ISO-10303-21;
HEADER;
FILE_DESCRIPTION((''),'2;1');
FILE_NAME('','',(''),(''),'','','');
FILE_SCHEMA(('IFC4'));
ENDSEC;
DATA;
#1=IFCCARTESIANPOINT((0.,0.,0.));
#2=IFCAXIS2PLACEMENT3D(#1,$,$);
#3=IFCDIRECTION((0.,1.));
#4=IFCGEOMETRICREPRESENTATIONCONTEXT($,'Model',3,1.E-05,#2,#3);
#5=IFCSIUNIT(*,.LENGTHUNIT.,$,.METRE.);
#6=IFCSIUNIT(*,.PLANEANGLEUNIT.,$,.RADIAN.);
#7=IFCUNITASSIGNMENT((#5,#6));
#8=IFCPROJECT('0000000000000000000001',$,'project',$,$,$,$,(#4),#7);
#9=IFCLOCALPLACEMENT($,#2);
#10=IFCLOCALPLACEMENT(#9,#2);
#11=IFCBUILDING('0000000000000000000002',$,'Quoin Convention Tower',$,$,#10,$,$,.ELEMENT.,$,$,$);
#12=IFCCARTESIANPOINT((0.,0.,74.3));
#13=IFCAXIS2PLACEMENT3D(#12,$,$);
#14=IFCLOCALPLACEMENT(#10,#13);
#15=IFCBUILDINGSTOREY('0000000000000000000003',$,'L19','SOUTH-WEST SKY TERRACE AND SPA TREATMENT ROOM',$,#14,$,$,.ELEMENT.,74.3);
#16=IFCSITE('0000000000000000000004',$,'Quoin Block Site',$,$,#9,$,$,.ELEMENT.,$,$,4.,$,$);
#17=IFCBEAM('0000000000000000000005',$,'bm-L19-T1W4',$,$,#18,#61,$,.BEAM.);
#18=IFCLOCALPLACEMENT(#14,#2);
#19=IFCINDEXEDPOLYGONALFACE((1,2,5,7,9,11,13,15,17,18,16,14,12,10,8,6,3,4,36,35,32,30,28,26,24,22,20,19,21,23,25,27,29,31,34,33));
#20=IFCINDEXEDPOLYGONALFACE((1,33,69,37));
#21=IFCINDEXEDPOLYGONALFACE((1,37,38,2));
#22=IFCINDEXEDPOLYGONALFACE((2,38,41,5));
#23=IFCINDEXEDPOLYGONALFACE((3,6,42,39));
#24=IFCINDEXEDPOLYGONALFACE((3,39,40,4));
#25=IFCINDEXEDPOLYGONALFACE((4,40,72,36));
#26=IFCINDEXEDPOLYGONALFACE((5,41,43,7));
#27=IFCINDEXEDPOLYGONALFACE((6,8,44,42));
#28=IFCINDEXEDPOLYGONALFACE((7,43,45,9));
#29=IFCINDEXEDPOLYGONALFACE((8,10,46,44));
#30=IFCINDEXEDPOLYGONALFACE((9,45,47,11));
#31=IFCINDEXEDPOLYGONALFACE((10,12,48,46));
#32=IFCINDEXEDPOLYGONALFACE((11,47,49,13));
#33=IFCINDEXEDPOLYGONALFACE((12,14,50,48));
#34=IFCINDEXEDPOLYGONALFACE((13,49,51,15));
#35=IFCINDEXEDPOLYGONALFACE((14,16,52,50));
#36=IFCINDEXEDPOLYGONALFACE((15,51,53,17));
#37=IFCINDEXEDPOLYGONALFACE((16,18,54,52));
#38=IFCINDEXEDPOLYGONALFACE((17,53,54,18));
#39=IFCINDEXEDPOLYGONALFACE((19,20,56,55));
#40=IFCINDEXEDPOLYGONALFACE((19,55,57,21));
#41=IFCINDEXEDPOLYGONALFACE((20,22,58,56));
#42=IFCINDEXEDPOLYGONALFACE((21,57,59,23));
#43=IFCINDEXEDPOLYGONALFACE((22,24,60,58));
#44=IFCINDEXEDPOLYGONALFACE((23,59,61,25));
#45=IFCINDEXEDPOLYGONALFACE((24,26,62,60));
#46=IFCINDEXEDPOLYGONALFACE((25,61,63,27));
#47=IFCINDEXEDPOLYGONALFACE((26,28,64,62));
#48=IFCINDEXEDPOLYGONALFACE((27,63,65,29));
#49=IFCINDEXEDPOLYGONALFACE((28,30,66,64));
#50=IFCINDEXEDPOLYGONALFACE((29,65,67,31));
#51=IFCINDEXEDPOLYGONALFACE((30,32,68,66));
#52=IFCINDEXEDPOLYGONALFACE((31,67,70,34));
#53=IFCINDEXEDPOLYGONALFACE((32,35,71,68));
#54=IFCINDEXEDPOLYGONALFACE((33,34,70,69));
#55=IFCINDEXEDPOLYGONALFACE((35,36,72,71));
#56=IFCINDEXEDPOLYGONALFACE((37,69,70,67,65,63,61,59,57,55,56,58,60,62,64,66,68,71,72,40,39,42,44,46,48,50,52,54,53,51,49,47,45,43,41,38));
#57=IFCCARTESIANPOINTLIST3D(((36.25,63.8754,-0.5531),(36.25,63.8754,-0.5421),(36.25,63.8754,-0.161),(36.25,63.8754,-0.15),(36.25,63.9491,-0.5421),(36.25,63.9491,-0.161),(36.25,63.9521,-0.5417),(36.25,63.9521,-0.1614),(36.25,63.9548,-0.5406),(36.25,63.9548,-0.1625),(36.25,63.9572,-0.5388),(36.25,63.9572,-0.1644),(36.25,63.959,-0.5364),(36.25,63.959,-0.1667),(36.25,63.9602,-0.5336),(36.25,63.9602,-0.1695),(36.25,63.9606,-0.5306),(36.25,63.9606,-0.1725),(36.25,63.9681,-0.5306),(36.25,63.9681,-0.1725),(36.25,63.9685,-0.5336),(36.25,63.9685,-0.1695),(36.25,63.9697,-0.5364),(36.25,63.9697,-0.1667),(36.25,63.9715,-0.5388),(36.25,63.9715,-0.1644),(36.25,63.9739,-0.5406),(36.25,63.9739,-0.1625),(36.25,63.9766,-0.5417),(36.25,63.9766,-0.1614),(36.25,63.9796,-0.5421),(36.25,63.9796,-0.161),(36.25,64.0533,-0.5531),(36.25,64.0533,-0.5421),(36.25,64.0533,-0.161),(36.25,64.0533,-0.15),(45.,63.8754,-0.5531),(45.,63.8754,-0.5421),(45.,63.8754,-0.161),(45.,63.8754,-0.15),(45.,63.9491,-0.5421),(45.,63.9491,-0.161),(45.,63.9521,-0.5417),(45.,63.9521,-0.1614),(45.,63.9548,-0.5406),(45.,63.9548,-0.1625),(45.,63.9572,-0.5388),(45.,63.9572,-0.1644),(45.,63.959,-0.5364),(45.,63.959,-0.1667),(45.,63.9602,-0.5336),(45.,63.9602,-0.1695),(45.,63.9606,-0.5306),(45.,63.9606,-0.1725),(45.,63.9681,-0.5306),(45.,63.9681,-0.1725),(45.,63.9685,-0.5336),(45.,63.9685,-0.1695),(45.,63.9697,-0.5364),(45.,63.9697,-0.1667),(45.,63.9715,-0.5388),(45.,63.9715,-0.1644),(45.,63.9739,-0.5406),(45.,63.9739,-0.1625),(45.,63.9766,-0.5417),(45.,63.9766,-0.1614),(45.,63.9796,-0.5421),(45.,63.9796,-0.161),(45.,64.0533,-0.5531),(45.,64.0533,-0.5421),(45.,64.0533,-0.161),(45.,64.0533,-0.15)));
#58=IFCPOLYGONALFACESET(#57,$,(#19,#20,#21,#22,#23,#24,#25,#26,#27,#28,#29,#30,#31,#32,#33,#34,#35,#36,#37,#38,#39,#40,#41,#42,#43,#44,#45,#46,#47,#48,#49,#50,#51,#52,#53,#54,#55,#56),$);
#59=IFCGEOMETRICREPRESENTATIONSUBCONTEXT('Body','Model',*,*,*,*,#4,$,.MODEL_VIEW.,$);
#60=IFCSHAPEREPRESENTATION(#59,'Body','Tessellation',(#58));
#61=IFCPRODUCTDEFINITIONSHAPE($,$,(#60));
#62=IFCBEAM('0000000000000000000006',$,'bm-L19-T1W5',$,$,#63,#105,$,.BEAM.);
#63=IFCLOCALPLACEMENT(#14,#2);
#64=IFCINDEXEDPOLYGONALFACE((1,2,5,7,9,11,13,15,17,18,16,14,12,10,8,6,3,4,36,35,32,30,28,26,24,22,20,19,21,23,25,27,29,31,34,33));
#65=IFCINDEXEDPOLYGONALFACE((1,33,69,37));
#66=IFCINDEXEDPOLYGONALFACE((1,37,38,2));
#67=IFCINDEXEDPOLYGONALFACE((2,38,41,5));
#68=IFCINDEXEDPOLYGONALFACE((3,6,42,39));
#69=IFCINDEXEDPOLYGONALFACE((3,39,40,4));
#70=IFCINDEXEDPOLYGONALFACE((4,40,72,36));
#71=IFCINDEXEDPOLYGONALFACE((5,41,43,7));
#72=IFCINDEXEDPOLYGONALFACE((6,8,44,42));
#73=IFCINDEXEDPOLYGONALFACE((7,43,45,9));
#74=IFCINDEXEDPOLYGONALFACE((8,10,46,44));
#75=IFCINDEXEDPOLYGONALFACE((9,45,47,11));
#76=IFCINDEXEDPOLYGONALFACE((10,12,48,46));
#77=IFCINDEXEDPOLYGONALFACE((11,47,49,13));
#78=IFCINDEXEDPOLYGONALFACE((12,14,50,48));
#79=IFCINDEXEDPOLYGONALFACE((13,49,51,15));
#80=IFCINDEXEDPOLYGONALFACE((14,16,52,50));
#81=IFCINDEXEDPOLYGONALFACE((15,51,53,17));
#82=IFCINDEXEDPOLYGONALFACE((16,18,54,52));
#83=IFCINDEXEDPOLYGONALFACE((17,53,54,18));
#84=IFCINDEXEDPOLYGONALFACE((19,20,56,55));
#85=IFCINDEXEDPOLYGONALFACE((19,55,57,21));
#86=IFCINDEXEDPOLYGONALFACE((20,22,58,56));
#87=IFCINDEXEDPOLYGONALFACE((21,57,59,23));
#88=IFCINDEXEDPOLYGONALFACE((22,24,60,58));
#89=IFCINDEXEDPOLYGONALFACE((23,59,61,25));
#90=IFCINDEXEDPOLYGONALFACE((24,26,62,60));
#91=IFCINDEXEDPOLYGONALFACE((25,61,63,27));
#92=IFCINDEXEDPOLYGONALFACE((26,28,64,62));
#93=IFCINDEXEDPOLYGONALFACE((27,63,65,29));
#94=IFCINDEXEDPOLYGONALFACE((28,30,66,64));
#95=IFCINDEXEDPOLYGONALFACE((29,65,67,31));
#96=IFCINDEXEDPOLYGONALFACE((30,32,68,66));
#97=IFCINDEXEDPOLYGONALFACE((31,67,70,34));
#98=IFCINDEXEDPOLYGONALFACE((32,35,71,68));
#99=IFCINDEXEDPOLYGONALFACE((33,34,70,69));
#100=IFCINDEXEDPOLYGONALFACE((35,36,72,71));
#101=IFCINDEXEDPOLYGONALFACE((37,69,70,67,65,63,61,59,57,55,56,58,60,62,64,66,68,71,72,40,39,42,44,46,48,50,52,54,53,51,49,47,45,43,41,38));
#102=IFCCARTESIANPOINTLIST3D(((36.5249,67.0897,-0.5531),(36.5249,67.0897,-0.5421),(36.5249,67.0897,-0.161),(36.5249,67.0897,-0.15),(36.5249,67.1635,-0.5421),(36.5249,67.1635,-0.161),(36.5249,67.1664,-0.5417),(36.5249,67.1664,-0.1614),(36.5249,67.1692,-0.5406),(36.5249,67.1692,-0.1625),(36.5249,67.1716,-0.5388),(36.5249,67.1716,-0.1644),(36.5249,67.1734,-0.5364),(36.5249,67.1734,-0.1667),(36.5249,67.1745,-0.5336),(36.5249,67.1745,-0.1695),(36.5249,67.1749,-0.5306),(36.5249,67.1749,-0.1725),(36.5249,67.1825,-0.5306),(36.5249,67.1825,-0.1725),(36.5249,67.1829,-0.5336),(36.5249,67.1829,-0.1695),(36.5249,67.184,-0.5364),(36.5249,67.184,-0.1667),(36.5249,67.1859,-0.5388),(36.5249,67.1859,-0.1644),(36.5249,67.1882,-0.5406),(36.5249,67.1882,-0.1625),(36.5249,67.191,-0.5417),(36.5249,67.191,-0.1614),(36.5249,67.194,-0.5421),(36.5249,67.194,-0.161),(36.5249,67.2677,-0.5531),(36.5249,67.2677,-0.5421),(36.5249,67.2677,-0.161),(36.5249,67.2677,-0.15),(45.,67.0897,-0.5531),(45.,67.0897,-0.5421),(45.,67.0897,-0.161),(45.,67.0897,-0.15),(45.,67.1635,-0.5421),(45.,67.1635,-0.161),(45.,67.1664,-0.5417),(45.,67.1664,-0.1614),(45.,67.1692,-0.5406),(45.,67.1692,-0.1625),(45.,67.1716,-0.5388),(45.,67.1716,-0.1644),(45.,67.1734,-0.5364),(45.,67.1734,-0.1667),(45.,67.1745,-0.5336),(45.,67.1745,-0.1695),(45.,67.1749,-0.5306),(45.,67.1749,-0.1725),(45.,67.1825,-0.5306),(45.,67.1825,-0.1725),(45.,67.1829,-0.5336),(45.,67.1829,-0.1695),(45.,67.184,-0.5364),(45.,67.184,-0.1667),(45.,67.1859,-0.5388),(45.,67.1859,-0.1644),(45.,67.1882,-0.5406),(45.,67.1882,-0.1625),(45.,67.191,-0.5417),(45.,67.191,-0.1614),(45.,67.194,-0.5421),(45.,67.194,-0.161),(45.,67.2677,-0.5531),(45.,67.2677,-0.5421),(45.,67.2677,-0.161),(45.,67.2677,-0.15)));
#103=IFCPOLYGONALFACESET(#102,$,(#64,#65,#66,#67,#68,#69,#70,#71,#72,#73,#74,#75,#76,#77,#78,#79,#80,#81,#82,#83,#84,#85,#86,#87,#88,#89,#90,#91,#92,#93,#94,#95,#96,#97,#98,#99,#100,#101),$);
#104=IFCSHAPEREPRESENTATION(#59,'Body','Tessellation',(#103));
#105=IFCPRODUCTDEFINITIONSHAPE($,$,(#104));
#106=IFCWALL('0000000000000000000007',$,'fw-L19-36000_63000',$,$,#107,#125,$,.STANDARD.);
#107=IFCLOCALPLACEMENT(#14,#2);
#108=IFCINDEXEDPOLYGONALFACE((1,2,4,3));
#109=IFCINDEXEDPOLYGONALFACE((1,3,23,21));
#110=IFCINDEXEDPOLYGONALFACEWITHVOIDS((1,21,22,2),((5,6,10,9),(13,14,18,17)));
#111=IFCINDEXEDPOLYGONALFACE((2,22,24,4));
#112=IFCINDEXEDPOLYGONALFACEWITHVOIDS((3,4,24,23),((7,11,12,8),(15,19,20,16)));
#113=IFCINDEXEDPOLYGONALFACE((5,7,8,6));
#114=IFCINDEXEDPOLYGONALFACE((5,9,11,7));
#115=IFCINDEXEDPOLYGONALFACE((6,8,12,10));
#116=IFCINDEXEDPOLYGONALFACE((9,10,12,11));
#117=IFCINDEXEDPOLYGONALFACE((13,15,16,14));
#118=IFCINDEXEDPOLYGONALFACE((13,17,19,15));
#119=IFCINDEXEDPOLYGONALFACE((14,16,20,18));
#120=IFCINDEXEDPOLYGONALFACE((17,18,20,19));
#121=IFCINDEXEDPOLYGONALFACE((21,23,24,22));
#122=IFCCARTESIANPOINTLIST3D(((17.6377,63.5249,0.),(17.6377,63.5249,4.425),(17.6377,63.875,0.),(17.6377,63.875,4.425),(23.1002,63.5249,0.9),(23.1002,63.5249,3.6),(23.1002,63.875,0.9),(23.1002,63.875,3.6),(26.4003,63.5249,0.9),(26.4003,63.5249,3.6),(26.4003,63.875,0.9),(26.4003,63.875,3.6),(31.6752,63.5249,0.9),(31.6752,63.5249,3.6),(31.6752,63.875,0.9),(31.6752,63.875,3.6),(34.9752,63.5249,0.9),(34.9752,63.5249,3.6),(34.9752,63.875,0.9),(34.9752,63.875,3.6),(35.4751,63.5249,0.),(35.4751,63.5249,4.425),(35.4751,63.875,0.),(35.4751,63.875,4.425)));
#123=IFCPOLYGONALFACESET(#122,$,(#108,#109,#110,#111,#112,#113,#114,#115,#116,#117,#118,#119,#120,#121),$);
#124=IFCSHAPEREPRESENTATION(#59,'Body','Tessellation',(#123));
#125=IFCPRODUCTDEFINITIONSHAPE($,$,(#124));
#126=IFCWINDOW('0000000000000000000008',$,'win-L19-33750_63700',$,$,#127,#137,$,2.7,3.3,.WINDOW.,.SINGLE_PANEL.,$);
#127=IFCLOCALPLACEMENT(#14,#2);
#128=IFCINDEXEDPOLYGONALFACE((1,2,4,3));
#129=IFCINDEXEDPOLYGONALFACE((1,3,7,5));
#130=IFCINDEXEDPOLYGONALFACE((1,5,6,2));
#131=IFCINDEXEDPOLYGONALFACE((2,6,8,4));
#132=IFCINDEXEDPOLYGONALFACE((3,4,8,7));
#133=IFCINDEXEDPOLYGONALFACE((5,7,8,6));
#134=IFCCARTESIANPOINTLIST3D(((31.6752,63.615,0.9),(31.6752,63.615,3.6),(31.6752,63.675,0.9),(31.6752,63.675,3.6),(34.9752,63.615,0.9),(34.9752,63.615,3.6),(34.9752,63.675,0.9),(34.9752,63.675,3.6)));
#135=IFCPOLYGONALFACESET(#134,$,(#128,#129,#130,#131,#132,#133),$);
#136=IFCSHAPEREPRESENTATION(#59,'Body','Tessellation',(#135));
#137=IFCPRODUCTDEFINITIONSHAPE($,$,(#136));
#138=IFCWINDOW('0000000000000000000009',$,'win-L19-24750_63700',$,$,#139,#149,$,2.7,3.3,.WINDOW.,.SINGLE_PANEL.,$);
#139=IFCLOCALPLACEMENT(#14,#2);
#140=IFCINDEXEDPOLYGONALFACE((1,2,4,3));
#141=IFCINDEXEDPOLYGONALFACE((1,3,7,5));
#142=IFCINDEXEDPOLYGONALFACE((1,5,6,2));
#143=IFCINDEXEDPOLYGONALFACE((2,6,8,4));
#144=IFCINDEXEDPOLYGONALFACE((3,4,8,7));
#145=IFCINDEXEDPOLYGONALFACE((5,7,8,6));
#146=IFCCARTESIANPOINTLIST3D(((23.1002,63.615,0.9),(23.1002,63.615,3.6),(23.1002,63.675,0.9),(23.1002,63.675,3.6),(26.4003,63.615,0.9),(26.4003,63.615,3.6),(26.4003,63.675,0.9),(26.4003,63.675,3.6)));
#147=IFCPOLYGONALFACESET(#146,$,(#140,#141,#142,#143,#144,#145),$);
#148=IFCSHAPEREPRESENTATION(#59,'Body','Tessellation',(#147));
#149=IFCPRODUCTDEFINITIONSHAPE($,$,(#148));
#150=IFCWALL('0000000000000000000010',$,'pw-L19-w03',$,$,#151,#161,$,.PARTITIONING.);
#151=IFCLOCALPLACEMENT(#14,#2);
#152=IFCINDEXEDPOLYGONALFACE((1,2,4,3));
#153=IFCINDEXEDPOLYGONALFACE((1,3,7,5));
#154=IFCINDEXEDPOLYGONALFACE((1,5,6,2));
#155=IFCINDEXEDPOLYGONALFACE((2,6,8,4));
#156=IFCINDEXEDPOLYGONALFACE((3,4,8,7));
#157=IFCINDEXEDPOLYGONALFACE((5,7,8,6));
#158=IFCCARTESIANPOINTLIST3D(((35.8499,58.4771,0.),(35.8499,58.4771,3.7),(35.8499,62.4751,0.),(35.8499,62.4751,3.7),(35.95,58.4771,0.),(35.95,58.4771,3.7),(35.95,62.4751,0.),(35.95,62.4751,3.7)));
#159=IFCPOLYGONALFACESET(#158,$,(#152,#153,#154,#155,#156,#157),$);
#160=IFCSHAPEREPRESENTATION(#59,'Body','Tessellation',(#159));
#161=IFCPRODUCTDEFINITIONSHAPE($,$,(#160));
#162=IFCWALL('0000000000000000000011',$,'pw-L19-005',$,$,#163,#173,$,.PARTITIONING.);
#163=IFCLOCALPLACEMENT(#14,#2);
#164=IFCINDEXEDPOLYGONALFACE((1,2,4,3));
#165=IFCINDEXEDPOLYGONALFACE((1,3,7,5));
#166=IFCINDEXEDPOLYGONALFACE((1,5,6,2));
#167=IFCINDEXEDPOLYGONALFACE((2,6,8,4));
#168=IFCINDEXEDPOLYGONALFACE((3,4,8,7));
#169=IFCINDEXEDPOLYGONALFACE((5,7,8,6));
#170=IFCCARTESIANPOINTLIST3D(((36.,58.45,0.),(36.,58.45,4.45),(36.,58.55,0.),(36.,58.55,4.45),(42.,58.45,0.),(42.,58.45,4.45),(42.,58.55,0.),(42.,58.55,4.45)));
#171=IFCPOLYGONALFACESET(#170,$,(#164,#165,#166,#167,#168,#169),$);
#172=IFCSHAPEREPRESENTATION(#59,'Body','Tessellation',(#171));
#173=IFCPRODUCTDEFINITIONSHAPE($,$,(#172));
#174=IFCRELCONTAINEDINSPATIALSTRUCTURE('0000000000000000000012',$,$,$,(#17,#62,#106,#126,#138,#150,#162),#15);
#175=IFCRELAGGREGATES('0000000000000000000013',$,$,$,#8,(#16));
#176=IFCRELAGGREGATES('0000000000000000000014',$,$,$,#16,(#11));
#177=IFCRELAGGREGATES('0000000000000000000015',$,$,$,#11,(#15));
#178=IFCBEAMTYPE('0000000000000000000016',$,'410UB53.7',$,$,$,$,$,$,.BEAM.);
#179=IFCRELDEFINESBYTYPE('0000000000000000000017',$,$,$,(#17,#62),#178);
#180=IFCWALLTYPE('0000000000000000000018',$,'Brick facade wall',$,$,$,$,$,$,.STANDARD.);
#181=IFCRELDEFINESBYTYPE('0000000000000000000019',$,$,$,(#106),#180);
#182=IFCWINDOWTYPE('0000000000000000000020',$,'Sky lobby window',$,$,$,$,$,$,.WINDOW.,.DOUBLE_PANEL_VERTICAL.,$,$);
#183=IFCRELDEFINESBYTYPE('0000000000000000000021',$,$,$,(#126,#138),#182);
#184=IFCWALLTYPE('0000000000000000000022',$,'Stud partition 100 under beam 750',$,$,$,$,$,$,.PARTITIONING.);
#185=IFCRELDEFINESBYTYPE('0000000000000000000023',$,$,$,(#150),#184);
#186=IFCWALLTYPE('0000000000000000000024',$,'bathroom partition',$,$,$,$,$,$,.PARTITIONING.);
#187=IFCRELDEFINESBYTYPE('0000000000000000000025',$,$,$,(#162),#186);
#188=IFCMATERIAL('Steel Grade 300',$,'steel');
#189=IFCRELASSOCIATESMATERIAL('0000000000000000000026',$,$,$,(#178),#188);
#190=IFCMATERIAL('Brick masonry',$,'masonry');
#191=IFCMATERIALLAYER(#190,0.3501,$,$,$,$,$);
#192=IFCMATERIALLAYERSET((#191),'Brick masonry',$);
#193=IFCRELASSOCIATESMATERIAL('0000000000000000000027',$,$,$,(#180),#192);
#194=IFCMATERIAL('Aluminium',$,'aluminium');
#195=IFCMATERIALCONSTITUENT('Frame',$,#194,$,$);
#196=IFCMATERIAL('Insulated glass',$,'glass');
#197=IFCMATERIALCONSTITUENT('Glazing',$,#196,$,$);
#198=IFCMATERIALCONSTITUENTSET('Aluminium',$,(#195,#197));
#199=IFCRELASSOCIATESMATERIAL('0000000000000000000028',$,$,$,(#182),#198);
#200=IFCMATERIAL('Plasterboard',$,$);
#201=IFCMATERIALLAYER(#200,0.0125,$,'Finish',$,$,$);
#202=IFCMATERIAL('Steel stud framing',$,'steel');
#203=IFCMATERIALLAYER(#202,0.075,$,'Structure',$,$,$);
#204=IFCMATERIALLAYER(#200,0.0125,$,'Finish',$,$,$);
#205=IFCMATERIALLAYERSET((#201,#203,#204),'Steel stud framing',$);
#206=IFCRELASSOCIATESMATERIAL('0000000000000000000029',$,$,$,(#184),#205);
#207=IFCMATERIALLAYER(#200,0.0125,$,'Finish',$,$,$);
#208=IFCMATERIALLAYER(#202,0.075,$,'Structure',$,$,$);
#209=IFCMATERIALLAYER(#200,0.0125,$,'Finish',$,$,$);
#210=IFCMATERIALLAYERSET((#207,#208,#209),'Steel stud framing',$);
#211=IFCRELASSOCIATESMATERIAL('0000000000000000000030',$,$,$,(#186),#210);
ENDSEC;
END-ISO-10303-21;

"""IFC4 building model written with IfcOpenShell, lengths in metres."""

from ifc_helpers import new_model, si_unit, direction, frame, frame_2d, origin, origin_2d, place, context, subcontext, project, spatial, rectangle, i_section, extrude, material, layer, layer_set, constituent, constituent_set, material_profile, profile_set, type_object, element, fill, save


model = new_model("IFC4")

# Units and contexts
model_context = context("Model", 3, precision=1e-05, world=origin(), true_north=direction((0.0, 1.0)))
body_context = subcontext(model_context, "Body", "Model", "MODEL_VIEW")
ifc_project = project(units=[si_unit("LENGTHUNIT", "METRE"), si_unit("PLANEANGLEUNIT", "RADIAN")], contexts=[model_context])

# Site, building, storey
site_placement = place(None, origin())
site = spatial("IfcSite", under=ifc_project, at=site_placement, Name="Quoin Block Site", CompositionType="ELEMENT", RefElevation=4.0)
building_placement = place(site_placement, origin())
building = spatial("IfcBuilding", under=site, at=building_placement, Name="Quoin Convention Tower", CompositionType="ELEMENT")
storey_placement = place(building_placement, frame((0.0, 0.0, 74.3)))
storey = spatial("IfcBuildingStorey", under=building, at=storey_placement, Name="L19", Description="SOUTH-WEST SKY TERRACE AND SPA TREATMENT ROOM", CompositionType="ELEMENT", Elevation=74.3)

# Beams
ifc_material_1 = material(Name="Steel Grade 300", Category="steel")
ifc_material_profile_1 = material_profile(ifc_material_1, i_section(OverallWidth=0.178, OverallDepth=0.4031, WebThickness=0.0076, FlangeThickness=0.011, FilletRadius=0.0115, at=origin_2d()), Name="410UB53.7")
ifc_profile_set_1 = profile_set([ifc_material_profile_1], Name="Steel Grade 300")
beam_type = type_object("IfcBeamType", Name="410UB53.7", PredefinedType="BEAM", material=ifc_profile_set_1)
for number, where, z_axis, x_axis, name in (
    (1, (36.25, 63.9644, -0.3516), (1.0, 0.0, 0.0), (0.0, 1.0, 0.0), "bm-L19-T1W4"),
):
    element("IfcBeam", number, at=place(storey_placement, frame(where, z_axis=z_axis, x_axis=x_axis)), inside=storey, type_object=beam_type, Name=name, PredefinedType="BEAM", context=body_context, shape_type="SweptSolid", body=[
        extrude(i_section(OverallWidth=0.178, OverallDepth=0.4031, WebThickness=0.0076, FlangeThickness=0.011, FilletRadius=0.0115, at=origin_2d()), origin(), (0.0, 0.0, 1.0), 8.75),
    ])
beam_1_placement = place(storey_placement, frame((36.5249, 67.1787, -0.3516), z_axis=(1.0, 0.0, 0.0), x_axis=(0.0, 1.0, 0.0)))
element("IfcBeam", 2, at=beam_1_placement, inside=storey, type_object=beam_type, Name="bm-L19-T1W5", PredefinedType="BEAM", context=body_context, shape_type="SweptSolid", body=[
    extrude(i_section(OverallWidth=0.178, OverallDepth=0.4031, WebThickness=0.0076, FlangeThickness=0.011, FilletRadius=0.0115, at=origin_2d()), origin(), (0.0, 0.0, 1.0), 8.4751),
])

# Wall, openings, windows
ifc_material_2 = material(Name="Brick masonry", Category="masonry")
ifc_layer_1 = layer(ifc_material_2, 0.3501)
ifc_layer_set_1 = layer_set([ifc_layer_1], Name="Brick masonry")
wall_type_1 = type_object("IfcWallType", Name="Brick facade wall", PredefinedType="STANDARD", material=ifc_layer_set_1)
wall_1_placement = place(storey_placement, frame((35.4751, 63.7, 0.0), z_axis=(0.0, 0.0, 1.0), x_axis=(-1.0, 0.0, 0.0)))
wall_1 = element("IfcWall", 3, at=wall_1_placement, inside=storey, type_object=wall_type_1, Name="fw-L19-36000_63000", PredefinedType="STANDARD", context=body_context, shape_type="SweptSolid", body=[
    extrude(rectangle(XDim=17.8374, YDim=0.3501, at=frame_2d((8.9187, 0.0))), origin(), (0.0, 0.0, 1.0), 4.425),
])
opening_1_placement = place(wall_1_placement, frame((0.5, 0.0, 0.8999)))
opening_1 = element("IfcOpeningElement", 4, at=opening_1_placement, cuts=wall_1, PredefinedType="OPENING", context=body_context, shape_type="SweptSolid", body=[
    extrude(rectangle(XDim=3.3, YDim=2.7, at=frame_2d((1.6499, 1.3501))), frame((0.0, 0.1851, 0.0), z_axis=(0.0, -1.0, 0.0), x_axis=(1.0, 0.0, 0.0)), (0.0, 0.0, 1.0), 0.3701),
])
opening_2_placement = place(wall_1_placement, frame((9.075, 0.0, 0.8999)))
opening_2 = element("IfcOpeningElement", 5, at=opening_2_placement, cuts=wall_1, PredefinedType="OPENING", context=body_context, shape_type="SweptSolid", body=[
    extrude(rectangle(XDim=3.3, YDim=2.7, at=frame_2d((1.6499, 1.3501))), frame((0.0, 0.1851, 0.0), z_axis=(0.0, -1.0, 0.0), x_axis=(1.0, 0.0, 0.0)), (0.0, 0.0, 1.0), 0.3701),
])
ifc_material_3 = material(Name="Aluminium", Category="aluminium")
ifc_constituent_1 = constituent(ifc_material_3, Name="Frame")
ifc_material_4 = material(Name="Insulated glass", Category="glass")
ifc_constituent_2 = constituent(ifc_material_4, Name="Glazing")
ifc_constituent_set = constituent_set(constituents=[ifc_constituent_1, ifc_constituent_2], Name="Aluminium")
window_type = type_object("IfcWindowType", Name="Sky lobby window", PartitioningType="DOUBLE_PANEL_VERTICAL", PredefinedType="WINDOW", material=ifc_constituent_set)
window_1_placement = place(opening_1_placement, origin())
window_1 = element("IfcWindow", 6, at=window_1_placement, inside=storey, type_object=window_type, Name="win-L19-33750_63700", OverallHeight=2.7, OverallWidth=3.3, PartitioningType="SINGLE_PANEL", PredefinedType="WINDOW", context=body_context, shape_type="SweptSolid", body=[
    extrude(rectangle(XDim=3.3, YDim=2.7, at=frame_2d((1.6499, 1.3501))), frame((0.0, 0.085, 0.0), z_axis=(0.0, -1.0, 0.0), x_axis=(1.0, 0.0, 0.0)), (0.0, 0.0, 1.0), 0.0601),
])
fill(opening_1, window_1)
window_2_placement = place(opening_2_placement, origin())
window_2 = element("IfcWindow", 7, at=window_2_placement, inside=storey, type_object=window_type, Name="win-L19-24750_63700", OverallHeight=2.7, OverallWidth=3.3, PartitioningType="SINGLE_PANEL", PredefinedType="WINDOW", context=body_context, shape_type="SweptSolid", body=[
    extrude(rectangle(XDim=3.3, YDim=2.7, at=frame_2d((1.6499, 1.3501))), frame((0.0, 0.085, 0.0), z_axis=(0.0, -1.0, 0.0), x_axis=(1.0, 0.0, 0.0)), (0.0, 0.0, 1.0), 0.0601),
])
fill(opening_2, window_2)

# Walls
ifc_material_5 = material(Name="Plasterboard")
ifc_layer_2 = layer(ifc_material_5, 0.0125, Name="Finish")
ifc_material_6 = material(Name="Steel stud framing", Category="steel")
ifc_layer_3 = layer(ifc_material_6, 0.075, Name="Structure")
ifc_layer_4 = layer(ifc_material_5, 0.0125, Name="Finish")
ifc_layer_set_2 = layer_set([ifc_layer_2, ifc_layer_3, ifc_layer_4], Name="Steel stud framing")
wall_type_2 = type_object("IfcWallType", Name="Stud partition 100 under beam 750", PredefinedType="PARTITIONING", material=ifc_layer_set_2)
wall_2_placement = place(storey_placement, frame((35.8999, 62.4751, 0.0), z_axis=(0.0, 0.0, 1.0), x_axis=(0.0, -1.0, 0.0)))
element("IfcWall", 8, at=wall_2_placement, inside=storey, type_object=wall_type_2, Name="pw-L19-w03", PredefinedType="PARTITIONING", context=body_context, shape_type="SweptSolid", body=[
    extrude(rectangle(XDim=3.998, YDim=0.1001, at=frame_2d((1.999, 0.0))), origin(), (0.0, 0.0, 1.0), 3.7),
])
ifc_layer_5 = layer(ifc_material_5, 0.0125, Name="Finish")
ifc_layer_6 = layer(ifc_material_6, 0.075, Name="Structure")
ifc_layer_7 = layer(ifc_material_5, 0.0125, Name="Finish")
ifc_layer_set_3 = layer_set([ifc_layer_5, ifc_layer_6, ifc_layer_7], Name="Steel stud framing")
wall_type_3 = type_object("IfcWallType", Name="bathroom partition", PredefinedType="PARTITIONING", material=ifc_layer_set_3)
wall_3_placement = place(storey_placement, frame((36.0, 58.5, 0.0), z_axis=(0.0, 0.0, 1.0), x_axis=(1.0, 0.0, 0.0)))
element("IfcWall", 9, at=wall_3_placement, inside=storey, type_object=wall_type_3, Name="pw-L19-005", PredefinedType="PARTITIONING", context=body_context, shape_type="SweptSolid", body=[
    extrude(rectangle(XDim=6.0, YDim=0.1001, at=frame_2d((3.0, 0.0))), origin(), (0.0, 0.0, 1.0), 4.45),
])

save(model, "model.ifc")
